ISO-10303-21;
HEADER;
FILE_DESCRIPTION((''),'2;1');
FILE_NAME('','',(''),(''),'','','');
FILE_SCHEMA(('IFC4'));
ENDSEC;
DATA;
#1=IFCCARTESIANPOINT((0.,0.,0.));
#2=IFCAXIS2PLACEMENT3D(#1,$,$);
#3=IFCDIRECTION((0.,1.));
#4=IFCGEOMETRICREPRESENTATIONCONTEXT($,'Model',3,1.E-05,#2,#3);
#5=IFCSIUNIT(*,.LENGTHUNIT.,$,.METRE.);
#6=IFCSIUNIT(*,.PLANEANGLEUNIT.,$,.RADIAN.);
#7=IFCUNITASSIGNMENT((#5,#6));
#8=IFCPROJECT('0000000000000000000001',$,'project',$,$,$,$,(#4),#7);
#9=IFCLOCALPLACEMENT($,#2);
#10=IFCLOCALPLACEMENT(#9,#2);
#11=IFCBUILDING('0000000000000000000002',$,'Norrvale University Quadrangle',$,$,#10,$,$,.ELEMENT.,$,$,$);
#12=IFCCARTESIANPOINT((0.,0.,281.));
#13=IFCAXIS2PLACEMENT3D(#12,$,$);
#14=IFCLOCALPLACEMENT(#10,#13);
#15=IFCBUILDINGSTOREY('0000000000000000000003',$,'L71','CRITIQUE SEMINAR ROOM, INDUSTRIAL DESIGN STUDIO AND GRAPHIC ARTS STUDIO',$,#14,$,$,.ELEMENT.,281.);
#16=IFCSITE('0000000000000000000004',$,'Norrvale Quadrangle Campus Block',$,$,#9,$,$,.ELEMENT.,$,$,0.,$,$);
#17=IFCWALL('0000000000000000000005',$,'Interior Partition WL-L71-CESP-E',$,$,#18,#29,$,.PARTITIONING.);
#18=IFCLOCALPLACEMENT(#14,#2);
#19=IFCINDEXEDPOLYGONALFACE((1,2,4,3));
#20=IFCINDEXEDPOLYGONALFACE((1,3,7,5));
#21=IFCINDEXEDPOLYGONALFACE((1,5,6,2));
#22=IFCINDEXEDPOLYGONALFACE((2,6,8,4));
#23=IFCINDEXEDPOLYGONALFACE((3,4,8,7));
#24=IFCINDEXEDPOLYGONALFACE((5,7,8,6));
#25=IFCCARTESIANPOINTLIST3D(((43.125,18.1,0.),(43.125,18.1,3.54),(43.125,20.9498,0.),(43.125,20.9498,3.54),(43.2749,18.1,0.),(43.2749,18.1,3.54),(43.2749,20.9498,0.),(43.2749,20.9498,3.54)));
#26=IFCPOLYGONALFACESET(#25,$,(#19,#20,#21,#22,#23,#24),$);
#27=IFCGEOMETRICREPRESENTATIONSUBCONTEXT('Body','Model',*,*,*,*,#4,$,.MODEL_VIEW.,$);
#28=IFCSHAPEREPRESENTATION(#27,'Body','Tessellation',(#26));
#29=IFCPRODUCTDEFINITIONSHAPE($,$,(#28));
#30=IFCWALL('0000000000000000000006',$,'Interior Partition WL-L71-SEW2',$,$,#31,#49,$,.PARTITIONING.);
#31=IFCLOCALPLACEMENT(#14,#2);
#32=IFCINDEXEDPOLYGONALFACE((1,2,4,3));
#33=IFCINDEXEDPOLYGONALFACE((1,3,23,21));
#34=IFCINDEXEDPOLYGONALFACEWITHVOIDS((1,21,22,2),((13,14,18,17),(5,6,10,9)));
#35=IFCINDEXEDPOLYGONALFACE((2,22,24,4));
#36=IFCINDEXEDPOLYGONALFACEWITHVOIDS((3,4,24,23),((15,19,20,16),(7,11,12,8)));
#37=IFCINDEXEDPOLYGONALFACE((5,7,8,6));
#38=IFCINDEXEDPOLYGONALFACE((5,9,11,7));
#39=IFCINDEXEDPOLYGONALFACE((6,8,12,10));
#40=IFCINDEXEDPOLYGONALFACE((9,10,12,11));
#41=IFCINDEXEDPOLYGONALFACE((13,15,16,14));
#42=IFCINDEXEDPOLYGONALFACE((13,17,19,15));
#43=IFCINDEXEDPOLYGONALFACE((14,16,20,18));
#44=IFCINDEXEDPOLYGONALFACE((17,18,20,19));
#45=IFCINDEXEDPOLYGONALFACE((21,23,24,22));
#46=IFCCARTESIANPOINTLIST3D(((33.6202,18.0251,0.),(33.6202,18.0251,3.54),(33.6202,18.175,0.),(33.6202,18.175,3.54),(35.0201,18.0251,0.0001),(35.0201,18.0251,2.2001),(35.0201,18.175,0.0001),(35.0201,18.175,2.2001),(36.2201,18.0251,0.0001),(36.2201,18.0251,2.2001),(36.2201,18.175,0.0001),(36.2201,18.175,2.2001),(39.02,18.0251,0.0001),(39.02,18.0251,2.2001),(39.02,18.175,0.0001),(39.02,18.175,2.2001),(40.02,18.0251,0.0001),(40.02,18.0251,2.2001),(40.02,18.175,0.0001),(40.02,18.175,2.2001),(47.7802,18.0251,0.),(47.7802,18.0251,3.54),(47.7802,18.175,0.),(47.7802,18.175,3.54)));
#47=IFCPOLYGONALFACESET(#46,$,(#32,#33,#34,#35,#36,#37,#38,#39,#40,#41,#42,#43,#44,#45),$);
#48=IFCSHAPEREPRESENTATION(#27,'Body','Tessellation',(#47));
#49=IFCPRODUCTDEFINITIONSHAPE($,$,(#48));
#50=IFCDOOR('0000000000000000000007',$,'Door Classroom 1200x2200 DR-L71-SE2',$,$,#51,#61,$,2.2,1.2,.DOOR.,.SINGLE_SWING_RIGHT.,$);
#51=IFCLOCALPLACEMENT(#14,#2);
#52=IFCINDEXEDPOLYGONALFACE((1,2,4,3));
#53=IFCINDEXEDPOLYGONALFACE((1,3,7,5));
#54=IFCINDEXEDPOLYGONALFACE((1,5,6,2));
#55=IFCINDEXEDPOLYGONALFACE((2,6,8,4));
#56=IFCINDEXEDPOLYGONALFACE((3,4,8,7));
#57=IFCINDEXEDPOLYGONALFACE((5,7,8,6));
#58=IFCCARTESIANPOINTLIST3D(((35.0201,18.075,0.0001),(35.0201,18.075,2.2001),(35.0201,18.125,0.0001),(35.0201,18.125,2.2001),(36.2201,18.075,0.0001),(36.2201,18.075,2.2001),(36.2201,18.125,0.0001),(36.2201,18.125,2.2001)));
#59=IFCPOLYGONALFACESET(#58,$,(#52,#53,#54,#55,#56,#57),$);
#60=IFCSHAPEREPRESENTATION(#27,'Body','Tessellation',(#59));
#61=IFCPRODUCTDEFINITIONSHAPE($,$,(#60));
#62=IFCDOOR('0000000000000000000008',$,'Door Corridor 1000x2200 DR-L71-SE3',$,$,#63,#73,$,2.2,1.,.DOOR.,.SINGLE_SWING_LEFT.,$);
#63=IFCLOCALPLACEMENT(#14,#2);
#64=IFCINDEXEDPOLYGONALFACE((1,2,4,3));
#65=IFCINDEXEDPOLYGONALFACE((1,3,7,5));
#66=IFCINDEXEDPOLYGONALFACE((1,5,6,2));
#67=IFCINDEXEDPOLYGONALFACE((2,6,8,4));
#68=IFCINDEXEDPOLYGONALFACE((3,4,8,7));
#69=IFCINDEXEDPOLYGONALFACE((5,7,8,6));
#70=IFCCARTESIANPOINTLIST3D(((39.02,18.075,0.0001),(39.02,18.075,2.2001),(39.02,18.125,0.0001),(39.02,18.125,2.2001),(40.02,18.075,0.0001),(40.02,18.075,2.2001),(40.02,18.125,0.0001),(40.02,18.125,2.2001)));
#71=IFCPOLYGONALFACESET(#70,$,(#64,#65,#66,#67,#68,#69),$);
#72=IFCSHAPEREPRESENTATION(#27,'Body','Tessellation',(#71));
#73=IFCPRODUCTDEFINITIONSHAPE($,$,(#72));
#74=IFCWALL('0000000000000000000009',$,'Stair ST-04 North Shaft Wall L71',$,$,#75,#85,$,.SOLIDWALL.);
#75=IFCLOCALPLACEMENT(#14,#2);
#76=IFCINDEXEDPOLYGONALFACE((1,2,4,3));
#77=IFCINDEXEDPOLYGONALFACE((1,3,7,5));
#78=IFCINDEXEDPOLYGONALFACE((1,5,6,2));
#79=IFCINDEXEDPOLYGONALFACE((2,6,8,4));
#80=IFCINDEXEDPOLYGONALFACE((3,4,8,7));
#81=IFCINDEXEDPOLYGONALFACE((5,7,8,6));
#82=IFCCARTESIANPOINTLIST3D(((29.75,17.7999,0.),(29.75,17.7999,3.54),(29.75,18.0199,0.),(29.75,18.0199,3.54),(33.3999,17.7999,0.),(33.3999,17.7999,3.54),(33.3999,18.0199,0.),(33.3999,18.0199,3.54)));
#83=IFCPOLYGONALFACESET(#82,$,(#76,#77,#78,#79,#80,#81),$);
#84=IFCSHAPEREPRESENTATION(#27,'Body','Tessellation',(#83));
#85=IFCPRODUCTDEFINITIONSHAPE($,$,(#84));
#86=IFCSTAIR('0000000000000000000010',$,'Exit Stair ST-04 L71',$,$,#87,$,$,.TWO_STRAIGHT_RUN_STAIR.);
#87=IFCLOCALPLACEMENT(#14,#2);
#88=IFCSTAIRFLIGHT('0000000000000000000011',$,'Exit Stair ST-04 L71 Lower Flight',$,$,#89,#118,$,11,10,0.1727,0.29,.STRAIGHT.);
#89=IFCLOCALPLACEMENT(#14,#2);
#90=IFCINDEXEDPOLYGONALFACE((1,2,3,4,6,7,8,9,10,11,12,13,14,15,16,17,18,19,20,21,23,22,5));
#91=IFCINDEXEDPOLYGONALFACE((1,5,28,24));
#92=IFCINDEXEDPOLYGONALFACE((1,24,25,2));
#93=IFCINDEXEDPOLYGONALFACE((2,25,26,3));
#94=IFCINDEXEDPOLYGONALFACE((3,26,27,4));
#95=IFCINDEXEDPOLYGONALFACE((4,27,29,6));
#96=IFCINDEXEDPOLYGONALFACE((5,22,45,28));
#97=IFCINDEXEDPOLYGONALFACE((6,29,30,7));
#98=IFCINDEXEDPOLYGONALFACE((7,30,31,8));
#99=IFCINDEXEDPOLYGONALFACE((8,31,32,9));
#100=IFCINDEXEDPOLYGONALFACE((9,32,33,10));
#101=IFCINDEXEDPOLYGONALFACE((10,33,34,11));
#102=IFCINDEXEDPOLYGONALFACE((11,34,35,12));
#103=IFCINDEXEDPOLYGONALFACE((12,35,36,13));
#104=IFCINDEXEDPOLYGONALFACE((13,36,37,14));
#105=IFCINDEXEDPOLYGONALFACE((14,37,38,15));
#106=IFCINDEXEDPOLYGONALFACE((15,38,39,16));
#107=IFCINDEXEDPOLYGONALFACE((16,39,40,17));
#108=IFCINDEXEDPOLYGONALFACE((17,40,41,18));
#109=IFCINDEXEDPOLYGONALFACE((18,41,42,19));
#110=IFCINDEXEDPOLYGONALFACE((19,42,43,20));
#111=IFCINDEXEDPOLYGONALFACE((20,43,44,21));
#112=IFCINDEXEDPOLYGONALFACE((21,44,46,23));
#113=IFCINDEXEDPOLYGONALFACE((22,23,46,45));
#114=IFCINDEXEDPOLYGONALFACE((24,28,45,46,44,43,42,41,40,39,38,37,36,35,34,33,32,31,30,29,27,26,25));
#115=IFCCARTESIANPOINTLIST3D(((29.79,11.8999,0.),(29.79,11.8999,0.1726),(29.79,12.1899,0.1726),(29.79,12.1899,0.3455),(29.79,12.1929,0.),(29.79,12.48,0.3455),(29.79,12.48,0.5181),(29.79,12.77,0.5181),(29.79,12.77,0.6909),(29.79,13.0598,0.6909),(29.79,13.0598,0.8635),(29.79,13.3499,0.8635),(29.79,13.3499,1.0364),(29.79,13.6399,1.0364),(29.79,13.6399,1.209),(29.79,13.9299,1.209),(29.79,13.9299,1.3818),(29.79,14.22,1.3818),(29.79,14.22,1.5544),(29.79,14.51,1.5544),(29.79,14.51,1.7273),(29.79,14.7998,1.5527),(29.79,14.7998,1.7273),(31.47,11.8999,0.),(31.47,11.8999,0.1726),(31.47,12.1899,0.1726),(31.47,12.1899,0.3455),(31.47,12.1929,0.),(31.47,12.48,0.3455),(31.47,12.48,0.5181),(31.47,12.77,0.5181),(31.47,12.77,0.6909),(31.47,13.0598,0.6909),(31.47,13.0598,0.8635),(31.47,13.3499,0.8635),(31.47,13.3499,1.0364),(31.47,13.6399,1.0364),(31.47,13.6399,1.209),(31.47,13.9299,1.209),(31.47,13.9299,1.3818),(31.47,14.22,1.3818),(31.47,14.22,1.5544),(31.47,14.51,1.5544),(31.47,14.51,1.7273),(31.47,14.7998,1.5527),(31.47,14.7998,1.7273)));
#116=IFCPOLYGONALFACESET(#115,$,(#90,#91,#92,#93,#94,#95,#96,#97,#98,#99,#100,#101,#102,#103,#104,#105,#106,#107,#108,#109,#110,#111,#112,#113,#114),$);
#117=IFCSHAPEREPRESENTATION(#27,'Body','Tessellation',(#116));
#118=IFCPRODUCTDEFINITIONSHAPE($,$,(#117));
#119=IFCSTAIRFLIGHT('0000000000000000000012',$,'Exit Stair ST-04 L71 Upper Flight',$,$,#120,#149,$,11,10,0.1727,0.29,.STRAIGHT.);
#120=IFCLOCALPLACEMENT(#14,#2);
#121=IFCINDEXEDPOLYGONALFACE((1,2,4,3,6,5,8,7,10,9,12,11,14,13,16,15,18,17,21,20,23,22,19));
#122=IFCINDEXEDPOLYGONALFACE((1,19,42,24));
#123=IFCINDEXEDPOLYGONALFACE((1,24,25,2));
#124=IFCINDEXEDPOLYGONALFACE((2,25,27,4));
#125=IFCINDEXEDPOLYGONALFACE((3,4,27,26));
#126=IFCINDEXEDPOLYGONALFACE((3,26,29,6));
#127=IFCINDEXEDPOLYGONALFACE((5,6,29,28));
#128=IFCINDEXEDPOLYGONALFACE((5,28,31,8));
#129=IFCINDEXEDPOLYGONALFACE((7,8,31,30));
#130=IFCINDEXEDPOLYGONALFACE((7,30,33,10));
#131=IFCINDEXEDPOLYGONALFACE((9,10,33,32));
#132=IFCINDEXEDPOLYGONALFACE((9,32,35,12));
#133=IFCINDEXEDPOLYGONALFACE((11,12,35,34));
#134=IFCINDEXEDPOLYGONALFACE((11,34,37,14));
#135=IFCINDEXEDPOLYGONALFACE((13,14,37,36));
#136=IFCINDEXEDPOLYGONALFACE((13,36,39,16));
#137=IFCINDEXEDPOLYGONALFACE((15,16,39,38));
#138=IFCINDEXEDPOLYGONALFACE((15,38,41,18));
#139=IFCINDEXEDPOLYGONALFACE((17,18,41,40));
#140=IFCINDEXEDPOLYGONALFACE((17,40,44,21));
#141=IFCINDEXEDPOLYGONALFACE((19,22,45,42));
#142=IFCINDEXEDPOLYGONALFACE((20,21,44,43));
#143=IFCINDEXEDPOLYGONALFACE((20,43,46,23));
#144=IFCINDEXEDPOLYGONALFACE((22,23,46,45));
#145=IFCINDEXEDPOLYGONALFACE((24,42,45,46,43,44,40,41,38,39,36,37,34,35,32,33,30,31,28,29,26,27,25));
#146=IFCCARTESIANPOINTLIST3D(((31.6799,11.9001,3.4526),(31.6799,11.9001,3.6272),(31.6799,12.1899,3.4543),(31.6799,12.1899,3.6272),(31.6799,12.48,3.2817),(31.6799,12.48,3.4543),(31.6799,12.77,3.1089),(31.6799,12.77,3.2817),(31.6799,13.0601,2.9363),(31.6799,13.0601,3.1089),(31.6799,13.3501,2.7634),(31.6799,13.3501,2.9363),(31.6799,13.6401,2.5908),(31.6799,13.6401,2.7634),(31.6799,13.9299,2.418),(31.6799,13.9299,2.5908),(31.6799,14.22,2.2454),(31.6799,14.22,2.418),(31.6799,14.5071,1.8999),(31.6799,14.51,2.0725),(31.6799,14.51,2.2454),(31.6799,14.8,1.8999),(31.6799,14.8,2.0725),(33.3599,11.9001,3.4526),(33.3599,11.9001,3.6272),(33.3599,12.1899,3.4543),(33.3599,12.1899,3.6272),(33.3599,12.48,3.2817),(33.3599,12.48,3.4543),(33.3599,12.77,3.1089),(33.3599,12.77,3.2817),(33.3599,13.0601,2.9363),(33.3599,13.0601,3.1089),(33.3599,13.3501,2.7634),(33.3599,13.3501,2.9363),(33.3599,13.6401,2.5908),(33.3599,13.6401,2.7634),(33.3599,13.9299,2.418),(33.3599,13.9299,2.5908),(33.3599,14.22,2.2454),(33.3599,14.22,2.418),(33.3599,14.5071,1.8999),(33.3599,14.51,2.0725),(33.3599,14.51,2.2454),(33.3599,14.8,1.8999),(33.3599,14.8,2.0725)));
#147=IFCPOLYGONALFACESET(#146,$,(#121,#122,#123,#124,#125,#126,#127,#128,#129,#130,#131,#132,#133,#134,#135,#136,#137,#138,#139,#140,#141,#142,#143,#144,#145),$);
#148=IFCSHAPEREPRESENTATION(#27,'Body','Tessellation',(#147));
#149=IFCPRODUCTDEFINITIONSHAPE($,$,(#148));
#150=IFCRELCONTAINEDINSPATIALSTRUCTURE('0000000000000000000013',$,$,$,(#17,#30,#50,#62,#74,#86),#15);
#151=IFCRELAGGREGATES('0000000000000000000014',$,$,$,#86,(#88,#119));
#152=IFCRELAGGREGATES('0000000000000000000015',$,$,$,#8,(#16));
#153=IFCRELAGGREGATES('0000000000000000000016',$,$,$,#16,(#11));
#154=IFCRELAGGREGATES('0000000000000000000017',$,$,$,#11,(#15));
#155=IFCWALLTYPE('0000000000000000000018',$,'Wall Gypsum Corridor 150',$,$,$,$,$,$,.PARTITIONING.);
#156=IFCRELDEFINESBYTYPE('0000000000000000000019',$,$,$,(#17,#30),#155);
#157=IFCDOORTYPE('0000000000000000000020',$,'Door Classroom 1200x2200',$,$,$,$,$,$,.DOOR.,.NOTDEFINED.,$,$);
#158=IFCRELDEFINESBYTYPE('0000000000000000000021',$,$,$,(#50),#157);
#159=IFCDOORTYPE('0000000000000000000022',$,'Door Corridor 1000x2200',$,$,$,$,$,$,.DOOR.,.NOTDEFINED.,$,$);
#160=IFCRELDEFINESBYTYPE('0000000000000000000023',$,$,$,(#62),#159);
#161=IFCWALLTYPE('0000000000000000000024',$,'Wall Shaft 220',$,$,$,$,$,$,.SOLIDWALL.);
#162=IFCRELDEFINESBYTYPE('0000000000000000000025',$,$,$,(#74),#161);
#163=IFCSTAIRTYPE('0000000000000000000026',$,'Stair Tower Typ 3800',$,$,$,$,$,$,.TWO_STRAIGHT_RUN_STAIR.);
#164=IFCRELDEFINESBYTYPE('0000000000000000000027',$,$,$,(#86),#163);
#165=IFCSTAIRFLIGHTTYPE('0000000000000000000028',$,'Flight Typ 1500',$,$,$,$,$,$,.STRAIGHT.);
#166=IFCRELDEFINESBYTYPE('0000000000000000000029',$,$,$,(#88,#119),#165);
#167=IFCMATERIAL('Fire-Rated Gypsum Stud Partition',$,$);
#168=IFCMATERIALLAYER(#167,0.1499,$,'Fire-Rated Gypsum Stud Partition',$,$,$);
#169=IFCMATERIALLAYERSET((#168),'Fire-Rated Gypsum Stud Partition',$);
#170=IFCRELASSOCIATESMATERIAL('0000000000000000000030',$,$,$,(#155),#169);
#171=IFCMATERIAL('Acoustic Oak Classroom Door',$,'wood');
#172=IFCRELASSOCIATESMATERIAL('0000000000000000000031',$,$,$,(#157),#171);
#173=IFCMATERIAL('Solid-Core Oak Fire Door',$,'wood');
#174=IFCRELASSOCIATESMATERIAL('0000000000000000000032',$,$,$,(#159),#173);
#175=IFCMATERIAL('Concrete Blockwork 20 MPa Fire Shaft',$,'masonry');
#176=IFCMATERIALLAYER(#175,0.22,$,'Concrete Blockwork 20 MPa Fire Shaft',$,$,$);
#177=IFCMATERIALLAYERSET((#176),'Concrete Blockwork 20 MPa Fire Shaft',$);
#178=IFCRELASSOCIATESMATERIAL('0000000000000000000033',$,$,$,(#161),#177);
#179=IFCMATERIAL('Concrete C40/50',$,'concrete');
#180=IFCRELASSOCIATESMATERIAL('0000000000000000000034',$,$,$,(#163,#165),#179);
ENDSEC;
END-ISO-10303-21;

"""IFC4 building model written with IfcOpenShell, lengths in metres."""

from ifc_helpers import new_model, si_unit, direction, frame, frame_2d, origin, place, context, subcontext, project, spatial, polyline, rectangle, outline, extrude, material, layer, layer_set, type_object, element, fill, aggregate, save


model = new_model("IFC4")

# Units and contexts
model_context = context("Model", 3, precision=1e-05, world=origin(), true_north=direction((0.0, 1.0)))
body_context = subcontext(model_context, "Body", "Model", "MODEL_VIEW")
ifc_project = project(units=[si_unit("LENGTHUNIT", "METRE"), si_unit("PLANEANGLEUNIT", "RADIAN")], contexts=[model_context])

# Site, building, storey
site_placement = place(None, origin())
site = spatial("IfcSite", under=ifc_project, at=site_placement, Name="Norrvale Quadrangle Campus Block", CompositionType="ELEMENT", RefElevation=0.0)
building_placement = place(site_placement, origin())
building = spatial("IfcBuilding", under=site, at=building_placement, Name="Norrvale University Quadrangle", CompositionType="ELEMENT")
storey_placement = place(building_placement, frame((0.0, 0.0, 281.0)))
storey = spatial("IfcBuildingStorey", under=building, at=storey_placement, Name="L71", Description="CRITIQUE SEMINAR ROOM, INDUSTRIAL DESIGN STUDIO AND GRAPHIC ARTS STUDIO", CompositionType="ELEMENT", Elevation=281.0)

# Wall
ifc_material_1 = material(Name="Fire-Rated Gypsum Stud Partition")
ifc_layer_1 = layer(ifc_material_1, 0.1499, Name="Fire-Rated Gypsum Stud Partition")
ifc_layer_set_1 = layer_set([ifc_layer_1], Name="Fire-Rated Gypsum Stud Partition")
wall_type_1 = type_object("IfcWallType", Name="Wall Gypsum Corridor 150", PredefinedType="PARTITIONING", material=ifc_layer_set_1)
wall_1_placement = place(storey_placement, frame((43.2, 18.1001, 0.0), z_axis=(0.0, 0.0, 1.0), x_axis=(0.0, 1.0, 0.0)))
element("IfcWall", 1, at=wall_1_placement, inside=storey, type_object=wall_type_1, Name="Interior Partition WL-L71-CESP-E", PredefinedType="PARTITIONING", context=body_context, shape_type="SweptSolid", body=[
    extrude(rectangle(XDim=2.8499, YDim=0.1499, at=frame_2d((1.4248, 0.0))), origin(), (0.0, 0.0, 1.0), 3.54),
])

# Wall, openings, doors
wall_2_placement = place(storey_placement, frame((33.6201, 18.1001, 0.0), z_axis=(0.0, 0.0, 1.0), x_axis=(1.0, 0.0, 0.0)))
wall_2 = element("IfcWall", 2, at=wall_2_placement, inside=storey, type_object=wall_type_1, Name="Interior Partition WL-L71-SEW2", PredefinedType="PARTITIONING", context=body_context, shape_type="SweptSolid", body=[
    extrude(rectangle(XDim=14.1599, YDim=0.1499, at=frame_2d((7.0801, 0.0))), origin(), (0.0, 0.0, 1.0), 3.54),
])
opening_1_placement = place(wall_2_placement, frame((1.3999, 0.0, 0.0)))
opening_1 = element("IfcOpeningElement", 3, at=opening_1_placement, cuts=wall_2, PredefinedType="OPENING", context=body_context, shape_type="SweptSolid", body=[
    extrude(rectangle(XDim=1.2, YDim=2.2, at=frame_2d((0.6001, 1.1001))), frame((0.0, 0.0869, 0.0), z_axis=(0.0, -1.0, 0.0), x_axis=(1.0, 0.0, 0.0)), (0.0, 0.0, 1.0), 0.1738),
])
opening_2_placement = place(wall_2_placement, frame((5.3999, 0.0, 0.0)))
opening_2 = element("IfcOpeningElement", 4, at=opening_2_placement, cuts=wall_2, PredefinedType="OPENING", context=body_context, shape_type="SweptSolid", body=[
    extrude(rectangle(XDim=1.0, YDim=2.2, at=frame_2d((0.5, 1.1001))), frame((0.0, 0.0869, 0.0), z_axis=(0.0, -1.0, 0.0), x_axis=(1.0, 0.0, 0.0)), (0.0, 0.0, 1.0), 0.1738),
])
ifc_material_2 = material(Name="Acoustic Oak Classroom Door", Category="wood")
door_type_1 = type_object("IfcDoorType", Name="Door Classroom 1200x2200", OperationType="NOTDEFINED", PredefinedType="DOOR", material=ifc_material_2)
door_1_placement = place(opening_1_placement, origin())
door_1 = element("IfcDoor", 5, at=door_1_placement, inside=storey, type_object=door_type_1, Name="Door Classroom 1200x2200 DR-L71-SE2", OperationType="SINGLE_SWING_RIGHT", OverallHeight=2.2, OverallWidth=1.2, PredefinedType="DOOR", context=body_context, shape_type="SweptSolid", body=[
    extrude(rectangle(XDim=1.2, YDim=2.2, at=frame_2d((0.6001, 1.1001))), frame((0.0, 0.0249, 0.0), z_axis=(0.0, -1.0, 0.0), x_axis=(1.0, 0.0, 0.0)), (0.0, 0.0, 1.0), 0.05),
])
fill(opening_1, door_1)
ifc_material_3 = material(Name="Solid-Core Oak Fire Door", Category="wood")
door_type_2 = type_object("IfcDoorType", Name="Door Corridor 1000x2200", OperationType="NOTDEFINED", PredefinedType="DOOR", material=ifc_material_3)
door_2_placement = place(opening_2_placement, origin())
door_2 = element("IfcDoor", 6, at=door_2_placement, inside=storey, type_object=door_type_2, Name="Door Corridor 1000x2200 DR-L71-SE3", OperationType="SINGLE_SWING_LEFT", OverallHeight=2.2, OverallWidth=1.0, PredefinedType="DOOR", context=body_context, shape_type="SweptSolid", body=[
    extrude(rectangle(XDim=1.0, YDim=2.2, at=frame_2d((0.5, 1.1001))), frame((0.0, 0.0249, 0.0), z_axis=(0.0, -1.0, 0.0), x_axis=(1.0, 0.0, 0.0)), (0.0, 0.0, 1.0), 0.05),
])
fill(opening_2, door_2)

# Wall
ifc_material_4 = material(Name="Concrete Blockwork 20 MPa Fire Shaft", Category="masonry")
ifc_layer_2 = layer(ifc_material_4, 0.22, Name="Concrete Blockwork 20 MPa Fire Shaft")
ifc_layer_set_2 = layer_set([ifc_layer_2], Name="Concrete Blockwork 20 MPa Fire Shaft")
wall_type_2 = type_object("IfcWallType", Name="Wall Shaft 220", PredefinedType="SOLIDWALL", material=ifc_layer_set_2)
wall_3_placement = place(storey_placement, frame((29.75, 17.9099, 0.0), z_axis=(0.0, 0.0, 1.0), x_axis=(1.0, 0.0, 0.0)))
element("IfcWall", 7, at=wall_3_placement, inside=storey, type_object=wall_type_2, Name="Stair ST-04 North Shaft Wall L71", PredefinedType="SOLIDWALL", context=body_context, shape_type="SweptSolid", body=[
    extrude(rectangle(XDim=3.6499, YDim=0.22, at=frame_2d((1.825, 0.0))), origin(), (0.0, 0.0, 1.0), 3.54),
])

# Stair, stair flights
ifc_material_5 = material(Name="Concrete C40/50", Category="concrete")
stair_type = type_object("IfcStairType", Name="Stair Tower Typ 3800", PredefinedType="TWO_STRAIGHT_RUN_STAIR", material=ifc_material_5)
stair_placement = place(storey_placement, origin())
stair = element("IfcStair", 8, at=stair_placement, inside=storey, type_object=stair_type, Name="Exit Stair ST-04 L71", PredefinedType="TWO_STRAIGHT_RUN_STAIR")
stair_flight_type = type_object("IfcStairFlightType", Name="Flight Typ 1500", PredefinedType="STRAIGHT", material=ifc_material_5)
stair_flight_1_placement = place(storey_placement, frame((30.6299, 11.8999, 0.0), z_axis=(0.0, 0.0, 1.0), x_axis=(0.0, 1.0, 0.0)))
stair_flight_1 = element("IfcStairFlight", 9, at=stair_flight_1_placement, type_object=stair_flight_type, Name="Exit Stair ST-04 L71 Lower Flight", NumberOfRisers=11, NumberOfTreads=10, PredefinedType="STRAIGHT", RiserHeight=0.1727, TreadLength=0.29, context=body_context, shape_type="SweptSolid", body=[
    extrude(outline(polyline([(0.0, 0.0), (0.0, 0.1726), (0.29, 0.1726), (0.29, 0.3455), (0.5801, 0.3455), (0.5801, 0.5181), (0.8701, 0.5181), (0.8701, 0.6909), (1.1599, 0.6909), (1.1599, 0.8635), (1.45, 0.8635), (1.45, 1.0364), (1.74, 1.0364), (1.74, 1.209), (2.03, 1.209), (2.03, 1.3818), (2.3201, 1.3818), (2.3201, 1.5544), (2.6101, 1.5544), (2.6101, 1.7273), (2.8999, 1.7273), (2.8999, 1.8999), (2.8999, 1.5527), (0.293, 0.0), (0.0, 0.0)])), frame((0.0, 0.8398, 0.0), z_axis=(0.0, -1.0, 0.0), x_axis=(1.0, 0.0, 0.0)), (0.0, 0.0, 1.0), 1.6799),
])
stair_flight_2_placement = place(storey_placement, frame((32.52, 14.8, 1.8999), z_axis=(0.0, 0.0, 1.0), x_axis=(0.0, -1.0, 0.0)))
stair_flight_2 = element("IfcStairFlight", 10, at=stair_flight_2_placement, type_object=stair_flight_type, Name="Exit Stair ST-04 L71 Upper Flight", NumberOfRisers=11, NumberOfTreads=10, PredefinedType="STRAIGHT", RiserHeight=0.1727, TreadLength=0.29, context=body_context, shape_type="SweptSolid", body=[
    extrude(outline(polyline([(0.0, 0.0), (0.0, 0.1726), (0.29, 0.1726), (0.29, 0.3455), (0.5801, 0.3455), (0.5801, 0.5181), (0.8701, 0.5181), (0.8701, 0.6909), (1.1599, 0.6909), (1.1599, 0.8635), (1.45, 0.8635), (1.45, 1.0364), (1.74, 1.0364), (1.74, 1.209), (2.03, 1.209), (2.03, 1.3818), (2.3201, 1.3818), (2.3201, 1.5544), (2.6101, 1.5544), (2.6101, 1.7273), (2.8999, 1.7273), (2.8999, 1.8999), (2.8999, 1.5527), (0.293, 0.0), (0.0, 0.0)])), frame((0.0, 0.8398, 0.0), z_axis=(0.0, -1.0, 0.0), x_axis=(1.0, 0.0, 0.0)), (0.0, 0.0, 1.0), 1.6799),
])
aggregate(stair, [stair_flight_1, stair_flight_2])

save(model, "model.ifc")
